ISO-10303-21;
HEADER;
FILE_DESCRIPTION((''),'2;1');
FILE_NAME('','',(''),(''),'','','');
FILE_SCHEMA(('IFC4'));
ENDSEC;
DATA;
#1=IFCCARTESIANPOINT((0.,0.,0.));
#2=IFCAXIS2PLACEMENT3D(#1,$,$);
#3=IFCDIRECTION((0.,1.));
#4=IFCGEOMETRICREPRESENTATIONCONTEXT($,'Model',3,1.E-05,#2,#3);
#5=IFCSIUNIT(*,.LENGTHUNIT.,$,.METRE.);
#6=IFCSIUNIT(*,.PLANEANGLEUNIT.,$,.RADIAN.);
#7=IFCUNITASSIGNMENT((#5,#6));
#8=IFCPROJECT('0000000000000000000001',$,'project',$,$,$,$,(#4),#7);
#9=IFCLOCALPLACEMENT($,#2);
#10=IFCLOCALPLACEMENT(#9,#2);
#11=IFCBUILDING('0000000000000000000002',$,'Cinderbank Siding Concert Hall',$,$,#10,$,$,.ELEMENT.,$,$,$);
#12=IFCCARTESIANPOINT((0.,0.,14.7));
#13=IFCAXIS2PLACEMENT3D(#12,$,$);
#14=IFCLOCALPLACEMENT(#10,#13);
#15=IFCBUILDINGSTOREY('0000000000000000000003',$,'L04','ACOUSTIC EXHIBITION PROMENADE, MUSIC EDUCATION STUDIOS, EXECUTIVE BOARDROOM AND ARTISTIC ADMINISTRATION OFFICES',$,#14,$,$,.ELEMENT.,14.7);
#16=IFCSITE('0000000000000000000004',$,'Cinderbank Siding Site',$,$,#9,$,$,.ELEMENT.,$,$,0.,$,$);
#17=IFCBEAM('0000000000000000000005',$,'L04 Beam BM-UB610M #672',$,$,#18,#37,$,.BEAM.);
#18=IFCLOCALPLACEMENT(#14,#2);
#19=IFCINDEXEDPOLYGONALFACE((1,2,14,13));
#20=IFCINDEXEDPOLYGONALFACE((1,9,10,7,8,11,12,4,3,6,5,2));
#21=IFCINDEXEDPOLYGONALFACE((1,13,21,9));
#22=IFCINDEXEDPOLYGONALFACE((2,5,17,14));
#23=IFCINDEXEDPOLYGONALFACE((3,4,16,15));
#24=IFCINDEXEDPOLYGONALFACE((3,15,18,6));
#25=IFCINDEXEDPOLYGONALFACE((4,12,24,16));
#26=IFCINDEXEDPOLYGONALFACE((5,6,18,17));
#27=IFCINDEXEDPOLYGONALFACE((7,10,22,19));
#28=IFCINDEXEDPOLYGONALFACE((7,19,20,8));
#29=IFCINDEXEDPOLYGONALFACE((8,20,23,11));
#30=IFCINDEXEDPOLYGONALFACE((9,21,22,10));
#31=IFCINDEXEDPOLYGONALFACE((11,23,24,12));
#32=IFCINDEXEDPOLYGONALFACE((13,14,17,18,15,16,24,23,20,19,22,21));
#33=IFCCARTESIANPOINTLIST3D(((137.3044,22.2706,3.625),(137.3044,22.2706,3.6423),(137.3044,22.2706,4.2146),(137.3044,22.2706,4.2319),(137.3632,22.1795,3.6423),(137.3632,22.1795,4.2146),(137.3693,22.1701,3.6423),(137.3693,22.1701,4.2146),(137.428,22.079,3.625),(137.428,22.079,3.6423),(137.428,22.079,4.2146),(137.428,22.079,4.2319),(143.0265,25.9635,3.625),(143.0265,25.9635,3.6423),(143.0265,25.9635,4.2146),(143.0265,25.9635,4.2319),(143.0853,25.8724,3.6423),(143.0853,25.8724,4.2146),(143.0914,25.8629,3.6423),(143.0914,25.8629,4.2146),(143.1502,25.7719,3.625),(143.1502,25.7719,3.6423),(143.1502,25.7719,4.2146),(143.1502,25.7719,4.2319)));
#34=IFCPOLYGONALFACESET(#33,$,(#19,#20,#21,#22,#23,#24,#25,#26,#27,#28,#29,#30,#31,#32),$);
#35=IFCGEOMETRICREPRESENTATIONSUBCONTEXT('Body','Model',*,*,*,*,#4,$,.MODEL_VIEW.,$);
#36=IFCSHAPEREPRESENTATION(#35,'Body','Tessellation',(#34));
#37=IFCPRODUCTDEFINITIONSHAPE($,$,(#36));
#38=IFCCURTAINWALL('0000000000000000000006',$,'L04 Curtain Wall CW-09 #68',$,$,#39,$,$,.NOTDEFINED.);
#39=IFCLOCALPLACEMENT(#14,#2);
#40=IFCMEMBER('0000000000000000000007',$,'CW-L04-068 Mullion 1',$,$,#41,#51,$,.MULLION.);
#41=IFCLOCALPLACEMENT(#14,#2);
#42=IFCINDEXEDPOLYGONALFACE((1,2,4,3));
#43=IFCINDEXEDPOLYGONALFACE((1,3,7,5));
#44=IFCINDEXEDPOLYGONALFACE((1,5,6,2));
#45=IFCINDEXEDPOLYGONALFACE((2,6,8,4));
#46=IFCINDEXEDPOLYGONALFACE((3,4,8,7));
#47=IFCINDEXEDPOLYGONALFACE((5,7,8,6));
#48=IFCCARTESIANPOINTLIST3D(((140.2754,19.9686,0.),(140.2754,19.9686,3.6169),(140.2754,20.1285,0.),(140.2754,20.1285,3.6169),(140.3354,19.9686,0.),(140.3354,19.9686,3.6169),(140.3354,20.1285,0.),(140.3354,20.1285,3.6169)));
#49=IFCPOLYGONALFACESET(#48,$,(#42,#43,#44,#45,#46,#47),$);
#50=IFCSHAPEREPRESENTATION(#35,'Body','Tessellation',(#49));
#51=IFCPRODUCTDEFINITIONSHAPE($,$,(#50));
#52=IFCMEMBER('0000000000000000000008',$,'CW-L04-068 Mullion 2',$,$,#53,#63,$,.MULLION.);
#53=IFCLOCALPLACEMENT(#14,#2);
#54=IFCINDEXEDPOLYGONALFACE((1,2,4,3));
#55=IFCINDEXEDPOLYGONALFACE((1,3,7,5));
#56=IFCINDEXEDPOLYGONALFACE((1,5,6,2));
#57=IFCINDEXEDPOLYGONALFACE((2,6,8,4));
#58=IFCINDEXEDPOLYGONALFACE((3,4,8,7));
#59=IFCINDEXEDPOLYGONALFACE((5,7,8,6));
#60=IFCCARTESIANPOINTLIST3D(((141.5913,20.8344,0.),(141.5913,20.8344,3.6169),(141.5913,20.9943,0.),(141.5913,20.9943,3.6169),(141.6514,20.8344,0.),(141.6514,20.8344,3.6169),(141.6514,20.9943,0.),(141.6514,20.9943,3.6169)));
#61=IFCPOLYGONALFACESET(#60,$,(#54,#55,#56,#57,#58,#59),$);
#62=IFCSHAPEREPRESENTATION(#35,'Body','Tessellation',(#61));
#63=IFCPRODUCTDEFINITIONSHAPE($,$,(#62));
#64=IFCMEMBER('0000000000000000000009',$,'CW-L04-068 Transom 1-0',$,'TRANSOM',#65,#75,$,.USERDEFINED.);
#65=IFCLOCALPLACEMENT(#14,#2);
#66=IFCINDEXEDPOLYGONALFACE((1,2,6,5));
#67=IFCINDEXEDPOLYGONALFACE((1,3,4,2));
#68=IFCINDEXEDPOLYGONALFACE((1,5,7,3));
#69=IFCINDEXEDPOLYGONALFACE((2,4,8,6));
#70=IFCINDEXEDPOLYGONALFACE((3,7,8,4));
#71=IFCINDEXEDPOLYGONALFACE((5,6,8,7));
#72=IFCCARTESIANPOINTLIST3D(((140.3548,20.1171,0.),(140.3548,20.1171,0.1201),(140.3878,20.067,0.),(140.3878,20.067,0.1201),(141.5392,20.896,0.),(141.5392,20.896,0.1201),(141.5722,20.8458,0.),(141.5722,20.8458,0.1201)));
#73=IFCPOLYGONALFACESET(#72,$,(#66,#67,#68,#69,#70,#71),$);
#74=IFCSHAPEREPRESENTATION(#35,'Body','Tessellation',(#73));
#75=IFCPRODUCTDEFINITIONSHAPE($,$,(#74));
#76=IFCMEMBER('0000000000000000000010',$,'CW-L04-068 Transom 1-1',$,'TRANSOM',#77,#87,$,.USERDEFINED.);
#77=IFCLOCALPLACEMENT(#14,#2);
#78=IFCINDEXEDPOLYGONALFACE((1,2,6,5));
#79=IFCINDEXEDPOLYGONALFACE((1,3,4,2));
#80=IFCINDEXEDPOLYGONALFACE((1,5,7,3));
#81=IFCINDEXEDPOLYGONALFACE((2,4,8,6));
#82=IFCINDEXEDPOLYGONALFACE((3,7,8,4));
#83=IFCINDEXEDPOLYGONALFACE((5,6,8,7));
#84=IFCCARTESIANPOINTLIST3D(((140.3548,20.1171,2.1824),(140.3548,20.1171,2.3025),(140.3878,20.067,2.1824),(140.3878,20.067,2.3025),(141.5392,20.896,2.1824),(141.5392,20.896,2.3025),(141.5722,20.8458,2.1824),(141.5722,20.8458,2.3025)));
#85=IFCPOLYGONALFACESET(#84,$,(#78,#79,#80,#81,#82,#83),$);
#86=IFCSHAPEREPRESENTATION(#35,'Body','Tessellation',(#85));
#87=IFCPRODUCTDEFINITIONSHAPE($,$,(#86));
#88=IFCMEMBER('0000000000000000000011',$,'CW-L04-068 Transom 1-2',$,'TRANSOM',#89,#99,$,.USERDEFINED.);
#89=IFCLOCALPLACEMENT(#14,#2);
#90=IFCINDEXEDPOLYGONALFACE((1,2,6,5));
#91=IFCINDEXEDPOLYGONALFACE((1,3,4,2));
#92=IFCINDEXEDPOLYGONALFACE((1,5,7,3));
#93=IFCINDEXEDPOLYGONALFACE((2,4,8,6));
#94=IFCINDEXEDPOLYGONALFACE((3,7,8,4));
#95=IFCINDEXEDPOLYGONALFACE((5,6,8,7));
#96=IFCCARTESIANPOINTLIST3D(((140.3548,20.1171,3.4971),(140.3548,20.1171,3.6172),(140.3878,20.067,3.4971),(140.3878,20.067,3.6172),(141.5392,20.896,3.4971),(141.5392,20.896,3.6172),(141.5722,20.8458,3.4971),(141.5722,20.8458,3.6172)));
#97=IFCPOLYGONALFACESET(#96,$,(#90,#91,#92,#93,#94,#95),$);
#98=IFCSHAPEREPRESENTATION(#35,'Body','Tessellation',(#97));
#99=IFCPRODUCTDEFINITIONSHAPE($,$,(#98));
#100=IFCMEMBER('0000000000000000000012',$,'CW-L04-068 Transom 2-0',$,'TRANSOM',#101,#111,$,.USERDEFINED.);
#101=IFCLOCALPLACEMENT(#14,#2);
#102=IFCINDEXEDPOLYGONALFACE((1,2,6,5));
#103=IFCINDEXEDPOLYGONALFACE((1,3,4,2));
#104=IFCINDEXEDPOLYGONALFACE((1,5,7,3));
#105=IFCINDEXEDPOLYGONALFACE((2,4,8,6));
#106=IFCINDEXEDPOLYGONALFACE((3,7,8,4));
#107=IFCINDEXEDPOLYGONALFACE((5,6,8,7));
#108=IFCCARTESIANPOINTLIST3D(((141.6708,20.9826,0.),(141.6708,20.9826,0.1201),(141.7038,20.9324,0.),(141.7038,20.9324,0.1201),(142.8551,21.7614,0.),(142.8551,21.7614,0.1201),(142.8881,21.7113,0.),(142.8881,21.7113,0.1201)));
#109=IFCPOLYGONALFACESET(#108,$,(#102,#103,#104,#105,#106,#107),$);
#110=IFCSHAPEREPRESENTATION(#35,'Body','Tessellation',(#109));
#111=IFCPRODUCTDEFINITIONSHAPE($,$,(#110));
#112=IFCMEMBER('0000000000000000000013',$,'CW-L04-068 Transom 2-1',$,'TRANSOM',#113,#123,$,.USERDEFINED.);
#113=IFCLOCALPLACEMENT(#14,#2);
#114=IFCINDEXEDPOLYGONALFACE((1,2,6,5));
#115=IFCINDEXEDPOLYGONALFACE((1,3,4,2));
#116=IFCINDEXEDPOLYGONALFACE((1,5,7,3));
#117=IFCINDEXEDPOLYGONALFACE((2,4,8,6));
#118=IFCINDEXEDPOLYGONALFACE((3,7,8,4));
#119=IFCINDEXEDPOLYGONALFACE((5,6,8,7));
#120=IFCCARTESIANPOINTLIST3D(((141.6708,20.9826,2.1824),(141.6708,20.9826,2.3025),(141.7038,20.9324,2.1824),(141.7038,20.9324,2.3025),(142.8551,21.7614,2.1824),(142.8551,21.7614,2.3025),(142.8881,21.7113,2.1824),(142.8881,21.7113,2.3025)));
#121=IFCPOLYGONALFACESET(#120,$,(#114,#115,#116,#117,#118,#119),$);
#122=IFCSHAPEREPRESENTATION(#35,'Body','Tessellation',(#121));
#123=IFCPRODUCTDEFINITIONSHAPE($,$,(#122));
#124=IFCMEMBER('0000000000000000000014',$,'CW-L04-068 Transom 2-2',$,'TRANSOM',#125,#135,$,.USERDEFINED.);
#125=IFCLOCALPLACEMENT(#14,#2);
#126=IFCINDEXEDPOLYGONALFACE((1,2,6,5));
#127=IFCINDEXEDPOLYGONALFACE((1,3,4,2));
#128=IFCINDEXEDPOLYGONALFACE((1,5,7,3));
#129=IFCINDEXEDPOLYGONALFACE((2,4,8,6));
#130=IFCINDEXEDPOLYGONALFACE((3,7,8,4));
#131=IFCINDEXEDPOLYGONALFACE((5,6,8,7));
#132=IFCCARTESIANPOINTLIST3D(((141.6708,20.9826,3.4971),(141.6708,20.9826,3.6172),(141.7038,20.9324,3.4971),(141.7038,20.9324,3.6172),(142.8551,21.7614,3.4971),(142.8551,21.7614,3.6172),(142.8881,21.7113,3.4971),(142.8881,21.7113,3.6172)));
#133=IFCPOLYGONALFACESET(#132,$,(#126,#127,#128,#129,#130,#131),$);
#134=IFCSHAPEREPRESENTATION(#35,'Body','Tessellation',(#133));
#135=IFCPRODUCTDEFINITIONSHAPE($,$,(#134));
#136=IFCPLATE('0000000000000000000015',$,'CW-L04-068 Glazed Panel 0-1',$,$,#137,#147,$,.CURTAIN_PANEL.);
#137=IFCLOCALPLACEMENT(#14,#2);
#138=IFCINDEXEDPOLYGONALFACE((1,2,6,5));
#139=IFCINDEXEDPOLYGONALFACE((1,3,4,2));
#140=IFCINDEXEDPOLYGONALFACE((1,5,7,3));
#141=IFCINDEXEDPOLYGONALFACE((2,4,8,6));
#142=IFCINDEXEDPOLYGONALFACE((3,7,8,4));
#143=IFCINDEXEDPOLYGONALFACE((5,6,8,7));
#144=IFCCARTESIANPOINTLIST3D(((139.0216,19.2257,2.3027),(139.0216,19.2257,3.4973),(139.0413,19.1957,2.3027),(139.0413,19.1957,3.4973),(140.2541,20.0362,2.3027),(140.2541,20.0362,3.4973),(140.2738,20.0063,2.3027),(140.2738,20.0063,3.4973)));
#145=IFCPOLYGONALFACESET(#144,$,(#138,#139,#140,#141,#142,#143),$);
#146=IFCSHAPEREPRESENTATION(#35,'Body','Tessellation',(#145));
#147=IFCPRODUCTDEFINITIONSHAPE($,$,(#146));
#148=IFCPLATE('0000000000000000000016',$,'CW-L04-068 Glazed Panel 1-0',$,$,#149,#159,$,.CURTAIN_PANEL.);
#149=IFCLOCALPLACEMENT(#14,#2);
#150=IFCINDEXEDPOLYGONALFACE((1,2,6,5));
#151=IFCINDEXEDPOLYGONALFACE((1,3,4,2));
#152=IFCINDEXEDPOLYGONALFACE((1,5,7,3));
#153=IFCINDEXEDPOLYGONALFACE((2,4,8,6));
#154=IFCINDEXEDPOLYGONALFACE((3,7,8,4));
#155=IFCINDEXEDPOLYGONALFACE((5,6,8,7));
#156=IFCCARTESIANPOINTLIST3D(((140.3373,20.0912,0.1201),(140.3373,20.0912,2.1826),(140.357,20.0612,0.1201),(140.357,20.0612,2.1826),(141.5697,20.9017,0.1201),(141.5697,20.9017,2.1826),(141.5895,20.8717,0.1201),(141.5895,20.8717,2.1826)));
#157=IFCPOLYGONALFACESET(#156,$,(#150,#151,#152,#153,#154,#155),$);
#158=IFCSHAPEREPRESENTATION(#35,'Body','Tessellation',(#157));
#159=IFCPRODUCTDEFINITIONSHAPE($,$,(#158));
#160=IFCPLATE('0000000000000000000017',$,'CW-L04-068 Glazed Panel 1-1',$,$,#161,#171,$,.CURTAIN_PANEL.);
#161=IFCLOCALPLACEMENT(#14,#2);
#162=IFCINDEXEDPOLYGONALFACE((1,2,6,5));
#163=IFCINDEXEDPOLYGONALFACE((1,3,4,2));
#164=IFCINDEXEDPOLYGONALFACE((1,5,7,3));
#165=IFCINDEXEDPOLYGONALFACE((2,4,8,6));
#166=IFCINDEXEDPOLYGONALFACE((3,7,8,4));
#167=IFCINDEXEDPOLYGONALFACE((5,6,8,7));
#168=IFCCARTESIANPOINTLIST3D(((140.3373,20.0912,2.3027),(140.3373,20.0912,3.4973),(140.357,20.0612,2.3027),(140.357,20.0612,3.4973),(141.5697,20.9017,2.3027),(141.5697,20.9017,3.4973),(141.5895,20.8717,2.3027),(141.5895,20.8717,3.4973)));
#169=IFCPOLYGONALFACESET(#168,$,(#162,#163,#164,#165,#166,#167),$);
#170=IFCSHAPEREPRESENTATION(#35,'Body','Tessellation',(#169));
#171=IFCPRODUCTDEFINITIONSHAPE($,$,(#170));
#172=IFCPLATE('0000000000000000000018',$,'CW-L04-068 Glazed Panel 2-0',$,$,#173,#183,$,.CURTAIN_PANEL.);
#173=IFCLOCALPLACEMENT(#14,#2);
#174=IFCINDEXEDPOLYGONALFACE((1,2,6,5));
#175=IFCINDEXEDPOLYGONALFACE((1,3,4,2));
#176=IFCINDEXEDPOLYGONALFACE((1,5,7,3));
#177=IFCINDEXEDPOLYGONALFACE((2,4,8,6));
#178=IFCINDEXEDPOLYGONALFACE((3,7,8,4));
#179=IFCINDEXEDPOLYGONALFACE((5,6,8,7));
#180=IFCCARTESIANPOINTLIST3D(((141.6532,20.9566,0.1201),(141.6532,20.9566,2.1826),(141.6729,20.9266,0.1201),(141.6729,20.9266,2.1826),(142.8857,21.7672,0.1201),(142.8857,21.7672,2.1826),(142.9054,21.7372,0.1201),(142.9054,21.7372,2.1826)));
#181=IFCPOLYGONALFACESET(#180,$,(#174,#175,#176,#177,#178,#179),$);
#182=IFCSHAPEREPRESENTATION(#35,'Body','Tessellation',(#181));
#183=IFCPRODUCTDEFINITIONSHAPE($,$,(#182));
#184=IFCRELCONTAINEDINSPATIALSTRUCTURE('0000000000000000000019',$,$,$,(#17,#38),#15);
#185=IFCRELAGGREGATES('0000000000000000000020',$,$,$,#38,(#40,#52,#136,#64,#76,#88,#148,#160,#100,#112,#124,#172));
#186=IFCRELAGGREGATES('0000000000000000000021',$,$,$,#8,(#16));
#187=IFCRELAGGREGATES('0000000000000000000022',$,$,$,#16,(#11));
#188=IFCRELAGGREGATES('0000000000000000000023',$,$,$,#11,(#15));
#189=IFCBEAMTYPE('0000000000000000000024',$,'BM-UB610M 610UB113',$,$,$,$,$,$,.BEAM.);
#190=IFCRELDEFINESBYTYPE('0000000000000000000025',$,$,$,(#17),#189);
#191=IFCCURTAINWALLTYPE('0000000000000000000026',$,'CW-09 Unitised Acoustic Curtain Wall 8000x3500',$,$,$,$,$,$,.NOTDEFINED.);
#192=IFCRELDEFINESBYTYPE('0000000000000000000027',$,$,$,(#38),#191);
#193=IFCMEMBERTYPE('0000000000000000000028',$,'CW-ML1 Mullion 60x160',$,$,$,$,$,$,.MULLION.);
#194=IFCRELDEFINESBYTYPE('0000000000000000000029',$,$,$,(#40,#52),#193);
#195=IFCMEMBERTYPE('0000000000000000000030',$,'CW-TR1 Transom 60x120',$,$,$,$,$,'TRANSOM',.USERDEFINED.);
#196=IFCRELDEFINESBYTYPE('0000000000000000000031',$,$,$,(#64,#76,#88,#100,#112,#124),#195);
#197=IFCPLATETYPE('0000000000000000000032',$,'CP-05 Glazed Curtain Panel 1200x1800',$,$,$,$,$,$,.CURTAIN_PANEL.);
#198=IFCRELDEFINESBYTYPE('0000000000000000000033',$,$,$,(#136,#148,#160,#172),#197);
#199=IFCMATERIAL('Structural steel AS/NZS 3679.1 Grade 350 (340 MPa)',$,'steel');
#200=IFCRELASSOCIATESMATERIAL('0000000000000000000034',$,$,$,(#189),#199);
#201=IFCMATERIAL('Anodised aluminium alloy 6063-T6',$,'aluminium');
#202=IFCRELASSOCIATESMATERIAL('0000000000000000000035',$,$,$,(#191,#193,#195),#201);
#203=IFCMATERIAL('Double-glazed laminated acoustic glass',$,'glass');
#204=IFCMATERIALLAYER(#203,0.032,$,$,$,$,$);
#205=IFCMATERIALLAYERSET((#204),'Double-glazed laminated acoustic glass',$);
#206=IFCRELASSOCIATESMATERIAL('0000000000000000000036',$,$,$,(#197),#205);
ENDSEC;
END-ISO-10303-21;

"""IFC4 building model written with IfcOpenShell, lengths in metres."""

from ifc_helpers import new_model, si_unit, direction, frame, origin, origin_2d, place, context, subcontext, project, spatial, rectangle, i_section, extrude, material, layer, layer_set, material_profile, profile_set, type_object, element, aggregate, save


model = new_model("IFC4")

# Units and contexts
model_context = context("Model", 3, precision=1e-05, world=origin(), true_north=direction((0.0, 1.0)))
body_context = subcontext(model_context, "Body", "Model", "MODEL_VIEW")
ifc_project = project(units=[si_unit("LENGTHUNIT", "METRE"), si_unit("PLANEANGLEUNIT", "RADIAN")], contexts=[model_context])

# Site, building, storey
site_placement = place(None, origin())
site = spatial("IfcSite", under=ifc_project, at=site_placement, Name="Cinderbank Siding Site", CompositionType="ELEMENT", RefElevation=0.0)
building_placement = place(site_placement, origin())
building = spatial("IfcBuilding", under=site, at=building_placement, Name="Cinderbank Siding Concert Hall", CompositionType="ELEMENT")
storey_placement = place(building_placement, frame((0.0, 0.0, 14.7)))
storey = spatial("IfcBuildingStorey", under=building, at=storey_placement, Name="L04", Description="ACOUSTIC EXHIBITION PROMENADE, MUSIC EDUCATION STUDIOS, EXECUTIVE BOARDROOM AND ARTISTIC ADMINISTRATION OFFICES", CompositionType="ELEMENT", Elevation=14.7)

# Beam
ifc_material_1 = material(Name="Structural steel AS/NZS 3679.1 Grade 350 (340 MPa)", Category="steel")
ifc_material_profile_1 = material_profile(ifc_material_1, i_section(OverallWidth=0.228, OverallDepth=0.6069, WebThickness=0.0112, FlangeThickness=0.0173, at=origin_2d()), Name="610UB113", Category="LoadBearing")
ifc_profile_set_1 = profile_set([ifc_material_profile_1], Name="Structural steel AS/NZS 3679.1 Grade 350 (340 MPa)")
beam_type_1 = type_object("IfcBeamType", Name="BM-UB610M 610UB113", PredefinedType="BEAM", material=ifc_profile_set_1)
beam_1_placement = place(storey_placement, frame((137.3662, 22.1748, 3.9285), z_axis=(0.84022, 0.542246, 0.0), x_axis=(-0.542246, 0.84022, 0.0)))
element("IfcBeam", 1, at=beam_1_placement, inside=storey, type_object=beam_type_1, Name="L04 Beam BM-UB610M #672", PredefinedType="BEAM", context=body_context, shape_type="SweptSolid", body=[
    extrude(i_section(OverallWidth=0.228, OverallDepth=0.6069, WebThickness=0.0112, FlangeThickness=0.0173, at=origin_2d()), origin(), (0.0, 0.0, 1.0), 6.8103),
])

# Curtain wall, members, plates
ifc_material_2 = material(Name="Anodised aluminium alloy 6063-T6", Category="aluminium")
curtain_wall_type = type_object("IfcCurtainWallType", Name="CW-09 Unitised Acoustic Curtain Wall 8000x3500", PredefinedType="NOTDEFINED", material=ifc_material_2)
curtain_wall_placement = place(storey_placement, origin())
curtain_wall = element("IfcCurtainWall", 2, at=curtain_wall_placement, inside=storey, type_object=curtain_wall_type, Name="L04 Curtain Wall CW-09 #68", PredefinedType="NOTDEFINED")
ifc_material_profile_2 = material_profile(ifc_material_2, rectangle(XDim=0.0601, YDim=0.1599, at=origin_2d()), Name="ALU-MULL-60x160", Category="LoadBearing")
ifc_profile_set_2 = profile_set([ifc_material_profile_2], Name="Anodised aluminium alloy 6063-T6")
member_type_1 = type_object("IfcMemberType", Name="CW-ML1 Mullion 60x160", PredefinedType="MULLION", material=ifc_profile_set_2)
member_1_placement = place(storey_placement, frame((140.3054, 20.0486, 0.0), z_axis=(0.0, 0.0, 1.0), x_axis=(1.0, 0.0, 0.0)))
member_1 = element("IfcMember", 3, at=member_1_placement, type_object=member_type_1, Name="CW-L04-068 Mullion 1", PredefinedType="MULLION", context=body_context, shape_type="SweptSolid", body=[
    extrude(rectangle(XDim=0.0601, YDim=0.1599, at=origin_2d()), origin(), (0.0, 0.0, 1.0), 3.6169),
])
member_2_placement = place(storey_placement, frame((141.6213, 20.9143, 0.0), z_axis=(0.0, 0.0, 1.0), x_axis=(1.0, 0.0, 0.0)))
member_2 = element("IfcMember", 4, at=member_2_placement, type_object=member_type_1, Name="CW-L04-068 Mullion 2", PredefinedType="MULLION", context=body_context, shape_type="SweptSolid", body=[
    extrude(rectangle(XDim=0.0601, YDim=0.1599, at=origin_2d()), origin(), (0.0, 0.0, 1.0), 3.6169),
])
ifc_material_profile_3 = material_profile(ifc_material_2, rectangle(XDim=0.0601, YDim=0.1201, at=origin_2d()), Name="ALU-TRAN-60x120", Category="LoadBearing")
ifc_profile_set_3 = profile_set([ifc_material_profile_3], Name="Anodised aluminium alloy 6063-T6")
member_type_2 = type_object("IfcMemberType", Name="CW-TR1 Transom 60x120", ElementType="TRANSOM", PredefinedType="USERDEFINED", material=ifc_profile_set_3)
member_3_placement = place(storey_placement, frame((140.3713, 20.092, 0.0601), z_axis=(0.835532, 0.549443, 0.0), x_axis=(-0.549443, 0.835532, 0.0)))
member_3 = element("IfcMember", 5, at=member_3_placement, type_object=member_type_2, Name="CW-L04-068 Transom 1-0", ObjectType="TRANSOM", PredefinedType="USERDEFINED", context=body_context, shape_type="SweptSolid", body=[
    extrude(rectangle(XDim=0.0601, YDim=0.1201, at=origin_2d()), origin(), (0.0, 0.0, 1.0), 1.4175),
])
member_4_placement = place(storey_placement, frame((140.3713, 20.092, 2.2424), z_axis=(0.835532, 0.549443, 0.0), x_axis=(-0.549443, 0.835532, 0.0)))
member_4 = element("IfcMember", 6, at=member_4_placement, type_object=member_type_2, Name="CW-L04-068 Transom 1-1", ObjectType="TRANSOM", PredefinedType="USERDEFINED", context=body_context, shape_type="SweptSolid", body=[
    extrude(rectangle(XDim=0.0601, YDim=0.1201, at=origin_2d()), origin(), (0.0, 0.0, 1.0), 1.4175),
])
member_5_placement = place(storey_placement, frame((140.3713, 20.092, 3.5571), z_axis=(0.835532, 0.549443, 0.0), x_axis=(-0.549443, 0.835532, 0.0)))
member_5 = element("IfcMember", 7, at=member_5_placement, type_object=member_type_2, Name="CW-L04-068 Transom 1-2", ObjectType="TRANSOM", PredefinedType="USERDEFINED", context=body_context, shape_type="SweptSolid", body=[
    extrude(rectangle(XDim=0.0601, YDim=0.1201, at=origin_2d()), origin(), (0.0, 0.0, 1.0), 1.4175),
])
member_6_placement = place(storey_placement, frame((141.6873, 20.9575, 0.0601), z_axis=(0.835532, 0.549443, 0.0), x_axis=(-0.549443, 0.835532, 0.0)))
member_6 = element("IfcMember", 8, at=member_6_placement, type_object=member_type_2, Name="CW-L04-068 Transom 2-0", ObjectType="TRANSOM", PredefinedType="USERDEFINED", context=body_context, shape_type="SweptSolid", body=[
    extrude(rectangle(XDim=0.0601, YDim=0.1201, at=origin_2d()), origin(), (0.0, 0.0, 1.0), 1.4175),
])
member_7_placement = place(storey_placement, frame((141.6873, 20.9575, 2.2424), z_axis=(0.835532, 0.549443, 0.0), x_axis=(-0.549443, 0.835532, 0.0)))
member_7 = element("IfcMember", 9, at=member_7_placement, type_object=member_type_2, Name="CW-L04-068 Transom 2-1", ObjectType="TRANSOM", PredefinedType="USERDEFINED", context=body_context, shape_type="SweptSolid", body=[
    extrude(rectangle(XDim=0.0601, YDim=0.1201, at=origin_2d()), origin(), (0.0, 0.0, 1.0), 1.4175),
])
member_8_placement = place(storey_placement, frame((141.6873, 20.9575, 3.5571), z_axis=(0.835532, 0.549443, 0.0), x_axis=(-0.549443, 0.835532, 0.0)))
member_8 = element("IfcMember", 10, at=member_8_placement, type_object=member_type_2, Name="CW-L04-068 Transom 2-2", ObjectType="TRANSOM", PredefinedType="USERDEFINED", context=body_context, shape_type="SweptSolid", body=[
    extrude(rectangle(XDim=0.0601, YDim=0.1201, at=origin_2d()), origin(), (0.0, 0.0, 1.0), 1.4175),
])
ifc_material_3 = material(Name="Double-glazed laminated acoustic glass", Category="glass")
ifc_layer_1 = layer(ifc_material_3, 0.032)
ifc_layer_set_1 = layer_set([ifc_layer_1], Name="Double-glazed laminated acoustic glass")
plate_type = type_object("IfcPlateType", Name="CP-05 Glazed Curtain Panel 1200x1800", PredefinedType="CURTAIN_PANEL", material=ifc_layer_set_1)
plate_1_placement = place(storey_placement, frame((139.6477, 19.616, 2.3027), z_axis=(0.0, 0.0, 1.0), x_axis=(0.835492, 0.549503, 0.0)))
plate_1 = element("IfcPlate", 11, at=plate_1_placement, type_object=plate_type, Name="CW-L04-068 Glazed Panel 0-1", PredefinedType="CURTAIN_PANEL", context=body_context, shape_type="SweptSolid", body=[
    extrude(rectangle(XDim=1.4751, YDim=0.0359, at=origin_2d()), origin(), (0.0, 0.0, 1.0), 1.1946),
])
plate_2_placement = place(storey_placement, frame((140.9634, 20.4814, 0.1201), z_axis=(0.0, 0.0, 1.0), x_axis=(0.835492, 0.549503, 0.0)))
plate_2 = element("IfcPlate", 12, at=plate_2_placement, type_object=plate_type, Name="CW-L04-068 Glazed Panel 1-0", PredefinedType="CURTAIN_PANEL", context=body_context, shape_type="SweptSolid", body=[
    extrude(rectangle(XDim=1.4751, YDim=0.0359, at=origin_2d()), origin(), (0.0, 0.0, 1.0), 2.0625),
])
plate_3_placement = place(storey_placement, frame((140.9634, 20.4814, 2.3027), z_axis=(0.0, 0.0, 1.0), x_axis=(0.835492, 0.549503, 0.0)))
plate_3 = element("IfcPlate", 13, at=plate_3_placement, type_object=plate_type, Name="CW-L04-068 Glazed Panel 1-1", PredefinedType="CURTAIN_PANEL", context=body_context, shape_type="SweptSolid", body=[
    extrude(rectangle(XDim=1.4751, YDim=0.0359, at=origin_2d()), origin(), (0.0, 0.0, 1.0), 1.1946),
])
plate_4_placement = place(storey_placement, frame((142.2793, 21.3469, 0.1201), z_axis=(0.0, 0.0, 1.0), x_axis=(0.835492, 0.549503, 0.0)))
plate_4 = element("IfcPlate", 14, at=plate_4_placement, type_object=plate_type, Name="CW-L04-068 Glazed Panel 2-0", PredefinedType="CURTAIN_PANEL", context=body_context, shape_type="SweptSolid", body=[
    extrude(rectangle(XDim=1.4751, YDim=0.0359, at=origin_2d()), origin(), (0.0, 0.0, 1.0), 2.0625),
])
aggregate(curtain_wall, [member_1, member_2, plate_1, member_3, member_4, member_5, plate_2, plate_3, member_6, member_7, member_8, plate_4])

save(model, "model.ifc")
